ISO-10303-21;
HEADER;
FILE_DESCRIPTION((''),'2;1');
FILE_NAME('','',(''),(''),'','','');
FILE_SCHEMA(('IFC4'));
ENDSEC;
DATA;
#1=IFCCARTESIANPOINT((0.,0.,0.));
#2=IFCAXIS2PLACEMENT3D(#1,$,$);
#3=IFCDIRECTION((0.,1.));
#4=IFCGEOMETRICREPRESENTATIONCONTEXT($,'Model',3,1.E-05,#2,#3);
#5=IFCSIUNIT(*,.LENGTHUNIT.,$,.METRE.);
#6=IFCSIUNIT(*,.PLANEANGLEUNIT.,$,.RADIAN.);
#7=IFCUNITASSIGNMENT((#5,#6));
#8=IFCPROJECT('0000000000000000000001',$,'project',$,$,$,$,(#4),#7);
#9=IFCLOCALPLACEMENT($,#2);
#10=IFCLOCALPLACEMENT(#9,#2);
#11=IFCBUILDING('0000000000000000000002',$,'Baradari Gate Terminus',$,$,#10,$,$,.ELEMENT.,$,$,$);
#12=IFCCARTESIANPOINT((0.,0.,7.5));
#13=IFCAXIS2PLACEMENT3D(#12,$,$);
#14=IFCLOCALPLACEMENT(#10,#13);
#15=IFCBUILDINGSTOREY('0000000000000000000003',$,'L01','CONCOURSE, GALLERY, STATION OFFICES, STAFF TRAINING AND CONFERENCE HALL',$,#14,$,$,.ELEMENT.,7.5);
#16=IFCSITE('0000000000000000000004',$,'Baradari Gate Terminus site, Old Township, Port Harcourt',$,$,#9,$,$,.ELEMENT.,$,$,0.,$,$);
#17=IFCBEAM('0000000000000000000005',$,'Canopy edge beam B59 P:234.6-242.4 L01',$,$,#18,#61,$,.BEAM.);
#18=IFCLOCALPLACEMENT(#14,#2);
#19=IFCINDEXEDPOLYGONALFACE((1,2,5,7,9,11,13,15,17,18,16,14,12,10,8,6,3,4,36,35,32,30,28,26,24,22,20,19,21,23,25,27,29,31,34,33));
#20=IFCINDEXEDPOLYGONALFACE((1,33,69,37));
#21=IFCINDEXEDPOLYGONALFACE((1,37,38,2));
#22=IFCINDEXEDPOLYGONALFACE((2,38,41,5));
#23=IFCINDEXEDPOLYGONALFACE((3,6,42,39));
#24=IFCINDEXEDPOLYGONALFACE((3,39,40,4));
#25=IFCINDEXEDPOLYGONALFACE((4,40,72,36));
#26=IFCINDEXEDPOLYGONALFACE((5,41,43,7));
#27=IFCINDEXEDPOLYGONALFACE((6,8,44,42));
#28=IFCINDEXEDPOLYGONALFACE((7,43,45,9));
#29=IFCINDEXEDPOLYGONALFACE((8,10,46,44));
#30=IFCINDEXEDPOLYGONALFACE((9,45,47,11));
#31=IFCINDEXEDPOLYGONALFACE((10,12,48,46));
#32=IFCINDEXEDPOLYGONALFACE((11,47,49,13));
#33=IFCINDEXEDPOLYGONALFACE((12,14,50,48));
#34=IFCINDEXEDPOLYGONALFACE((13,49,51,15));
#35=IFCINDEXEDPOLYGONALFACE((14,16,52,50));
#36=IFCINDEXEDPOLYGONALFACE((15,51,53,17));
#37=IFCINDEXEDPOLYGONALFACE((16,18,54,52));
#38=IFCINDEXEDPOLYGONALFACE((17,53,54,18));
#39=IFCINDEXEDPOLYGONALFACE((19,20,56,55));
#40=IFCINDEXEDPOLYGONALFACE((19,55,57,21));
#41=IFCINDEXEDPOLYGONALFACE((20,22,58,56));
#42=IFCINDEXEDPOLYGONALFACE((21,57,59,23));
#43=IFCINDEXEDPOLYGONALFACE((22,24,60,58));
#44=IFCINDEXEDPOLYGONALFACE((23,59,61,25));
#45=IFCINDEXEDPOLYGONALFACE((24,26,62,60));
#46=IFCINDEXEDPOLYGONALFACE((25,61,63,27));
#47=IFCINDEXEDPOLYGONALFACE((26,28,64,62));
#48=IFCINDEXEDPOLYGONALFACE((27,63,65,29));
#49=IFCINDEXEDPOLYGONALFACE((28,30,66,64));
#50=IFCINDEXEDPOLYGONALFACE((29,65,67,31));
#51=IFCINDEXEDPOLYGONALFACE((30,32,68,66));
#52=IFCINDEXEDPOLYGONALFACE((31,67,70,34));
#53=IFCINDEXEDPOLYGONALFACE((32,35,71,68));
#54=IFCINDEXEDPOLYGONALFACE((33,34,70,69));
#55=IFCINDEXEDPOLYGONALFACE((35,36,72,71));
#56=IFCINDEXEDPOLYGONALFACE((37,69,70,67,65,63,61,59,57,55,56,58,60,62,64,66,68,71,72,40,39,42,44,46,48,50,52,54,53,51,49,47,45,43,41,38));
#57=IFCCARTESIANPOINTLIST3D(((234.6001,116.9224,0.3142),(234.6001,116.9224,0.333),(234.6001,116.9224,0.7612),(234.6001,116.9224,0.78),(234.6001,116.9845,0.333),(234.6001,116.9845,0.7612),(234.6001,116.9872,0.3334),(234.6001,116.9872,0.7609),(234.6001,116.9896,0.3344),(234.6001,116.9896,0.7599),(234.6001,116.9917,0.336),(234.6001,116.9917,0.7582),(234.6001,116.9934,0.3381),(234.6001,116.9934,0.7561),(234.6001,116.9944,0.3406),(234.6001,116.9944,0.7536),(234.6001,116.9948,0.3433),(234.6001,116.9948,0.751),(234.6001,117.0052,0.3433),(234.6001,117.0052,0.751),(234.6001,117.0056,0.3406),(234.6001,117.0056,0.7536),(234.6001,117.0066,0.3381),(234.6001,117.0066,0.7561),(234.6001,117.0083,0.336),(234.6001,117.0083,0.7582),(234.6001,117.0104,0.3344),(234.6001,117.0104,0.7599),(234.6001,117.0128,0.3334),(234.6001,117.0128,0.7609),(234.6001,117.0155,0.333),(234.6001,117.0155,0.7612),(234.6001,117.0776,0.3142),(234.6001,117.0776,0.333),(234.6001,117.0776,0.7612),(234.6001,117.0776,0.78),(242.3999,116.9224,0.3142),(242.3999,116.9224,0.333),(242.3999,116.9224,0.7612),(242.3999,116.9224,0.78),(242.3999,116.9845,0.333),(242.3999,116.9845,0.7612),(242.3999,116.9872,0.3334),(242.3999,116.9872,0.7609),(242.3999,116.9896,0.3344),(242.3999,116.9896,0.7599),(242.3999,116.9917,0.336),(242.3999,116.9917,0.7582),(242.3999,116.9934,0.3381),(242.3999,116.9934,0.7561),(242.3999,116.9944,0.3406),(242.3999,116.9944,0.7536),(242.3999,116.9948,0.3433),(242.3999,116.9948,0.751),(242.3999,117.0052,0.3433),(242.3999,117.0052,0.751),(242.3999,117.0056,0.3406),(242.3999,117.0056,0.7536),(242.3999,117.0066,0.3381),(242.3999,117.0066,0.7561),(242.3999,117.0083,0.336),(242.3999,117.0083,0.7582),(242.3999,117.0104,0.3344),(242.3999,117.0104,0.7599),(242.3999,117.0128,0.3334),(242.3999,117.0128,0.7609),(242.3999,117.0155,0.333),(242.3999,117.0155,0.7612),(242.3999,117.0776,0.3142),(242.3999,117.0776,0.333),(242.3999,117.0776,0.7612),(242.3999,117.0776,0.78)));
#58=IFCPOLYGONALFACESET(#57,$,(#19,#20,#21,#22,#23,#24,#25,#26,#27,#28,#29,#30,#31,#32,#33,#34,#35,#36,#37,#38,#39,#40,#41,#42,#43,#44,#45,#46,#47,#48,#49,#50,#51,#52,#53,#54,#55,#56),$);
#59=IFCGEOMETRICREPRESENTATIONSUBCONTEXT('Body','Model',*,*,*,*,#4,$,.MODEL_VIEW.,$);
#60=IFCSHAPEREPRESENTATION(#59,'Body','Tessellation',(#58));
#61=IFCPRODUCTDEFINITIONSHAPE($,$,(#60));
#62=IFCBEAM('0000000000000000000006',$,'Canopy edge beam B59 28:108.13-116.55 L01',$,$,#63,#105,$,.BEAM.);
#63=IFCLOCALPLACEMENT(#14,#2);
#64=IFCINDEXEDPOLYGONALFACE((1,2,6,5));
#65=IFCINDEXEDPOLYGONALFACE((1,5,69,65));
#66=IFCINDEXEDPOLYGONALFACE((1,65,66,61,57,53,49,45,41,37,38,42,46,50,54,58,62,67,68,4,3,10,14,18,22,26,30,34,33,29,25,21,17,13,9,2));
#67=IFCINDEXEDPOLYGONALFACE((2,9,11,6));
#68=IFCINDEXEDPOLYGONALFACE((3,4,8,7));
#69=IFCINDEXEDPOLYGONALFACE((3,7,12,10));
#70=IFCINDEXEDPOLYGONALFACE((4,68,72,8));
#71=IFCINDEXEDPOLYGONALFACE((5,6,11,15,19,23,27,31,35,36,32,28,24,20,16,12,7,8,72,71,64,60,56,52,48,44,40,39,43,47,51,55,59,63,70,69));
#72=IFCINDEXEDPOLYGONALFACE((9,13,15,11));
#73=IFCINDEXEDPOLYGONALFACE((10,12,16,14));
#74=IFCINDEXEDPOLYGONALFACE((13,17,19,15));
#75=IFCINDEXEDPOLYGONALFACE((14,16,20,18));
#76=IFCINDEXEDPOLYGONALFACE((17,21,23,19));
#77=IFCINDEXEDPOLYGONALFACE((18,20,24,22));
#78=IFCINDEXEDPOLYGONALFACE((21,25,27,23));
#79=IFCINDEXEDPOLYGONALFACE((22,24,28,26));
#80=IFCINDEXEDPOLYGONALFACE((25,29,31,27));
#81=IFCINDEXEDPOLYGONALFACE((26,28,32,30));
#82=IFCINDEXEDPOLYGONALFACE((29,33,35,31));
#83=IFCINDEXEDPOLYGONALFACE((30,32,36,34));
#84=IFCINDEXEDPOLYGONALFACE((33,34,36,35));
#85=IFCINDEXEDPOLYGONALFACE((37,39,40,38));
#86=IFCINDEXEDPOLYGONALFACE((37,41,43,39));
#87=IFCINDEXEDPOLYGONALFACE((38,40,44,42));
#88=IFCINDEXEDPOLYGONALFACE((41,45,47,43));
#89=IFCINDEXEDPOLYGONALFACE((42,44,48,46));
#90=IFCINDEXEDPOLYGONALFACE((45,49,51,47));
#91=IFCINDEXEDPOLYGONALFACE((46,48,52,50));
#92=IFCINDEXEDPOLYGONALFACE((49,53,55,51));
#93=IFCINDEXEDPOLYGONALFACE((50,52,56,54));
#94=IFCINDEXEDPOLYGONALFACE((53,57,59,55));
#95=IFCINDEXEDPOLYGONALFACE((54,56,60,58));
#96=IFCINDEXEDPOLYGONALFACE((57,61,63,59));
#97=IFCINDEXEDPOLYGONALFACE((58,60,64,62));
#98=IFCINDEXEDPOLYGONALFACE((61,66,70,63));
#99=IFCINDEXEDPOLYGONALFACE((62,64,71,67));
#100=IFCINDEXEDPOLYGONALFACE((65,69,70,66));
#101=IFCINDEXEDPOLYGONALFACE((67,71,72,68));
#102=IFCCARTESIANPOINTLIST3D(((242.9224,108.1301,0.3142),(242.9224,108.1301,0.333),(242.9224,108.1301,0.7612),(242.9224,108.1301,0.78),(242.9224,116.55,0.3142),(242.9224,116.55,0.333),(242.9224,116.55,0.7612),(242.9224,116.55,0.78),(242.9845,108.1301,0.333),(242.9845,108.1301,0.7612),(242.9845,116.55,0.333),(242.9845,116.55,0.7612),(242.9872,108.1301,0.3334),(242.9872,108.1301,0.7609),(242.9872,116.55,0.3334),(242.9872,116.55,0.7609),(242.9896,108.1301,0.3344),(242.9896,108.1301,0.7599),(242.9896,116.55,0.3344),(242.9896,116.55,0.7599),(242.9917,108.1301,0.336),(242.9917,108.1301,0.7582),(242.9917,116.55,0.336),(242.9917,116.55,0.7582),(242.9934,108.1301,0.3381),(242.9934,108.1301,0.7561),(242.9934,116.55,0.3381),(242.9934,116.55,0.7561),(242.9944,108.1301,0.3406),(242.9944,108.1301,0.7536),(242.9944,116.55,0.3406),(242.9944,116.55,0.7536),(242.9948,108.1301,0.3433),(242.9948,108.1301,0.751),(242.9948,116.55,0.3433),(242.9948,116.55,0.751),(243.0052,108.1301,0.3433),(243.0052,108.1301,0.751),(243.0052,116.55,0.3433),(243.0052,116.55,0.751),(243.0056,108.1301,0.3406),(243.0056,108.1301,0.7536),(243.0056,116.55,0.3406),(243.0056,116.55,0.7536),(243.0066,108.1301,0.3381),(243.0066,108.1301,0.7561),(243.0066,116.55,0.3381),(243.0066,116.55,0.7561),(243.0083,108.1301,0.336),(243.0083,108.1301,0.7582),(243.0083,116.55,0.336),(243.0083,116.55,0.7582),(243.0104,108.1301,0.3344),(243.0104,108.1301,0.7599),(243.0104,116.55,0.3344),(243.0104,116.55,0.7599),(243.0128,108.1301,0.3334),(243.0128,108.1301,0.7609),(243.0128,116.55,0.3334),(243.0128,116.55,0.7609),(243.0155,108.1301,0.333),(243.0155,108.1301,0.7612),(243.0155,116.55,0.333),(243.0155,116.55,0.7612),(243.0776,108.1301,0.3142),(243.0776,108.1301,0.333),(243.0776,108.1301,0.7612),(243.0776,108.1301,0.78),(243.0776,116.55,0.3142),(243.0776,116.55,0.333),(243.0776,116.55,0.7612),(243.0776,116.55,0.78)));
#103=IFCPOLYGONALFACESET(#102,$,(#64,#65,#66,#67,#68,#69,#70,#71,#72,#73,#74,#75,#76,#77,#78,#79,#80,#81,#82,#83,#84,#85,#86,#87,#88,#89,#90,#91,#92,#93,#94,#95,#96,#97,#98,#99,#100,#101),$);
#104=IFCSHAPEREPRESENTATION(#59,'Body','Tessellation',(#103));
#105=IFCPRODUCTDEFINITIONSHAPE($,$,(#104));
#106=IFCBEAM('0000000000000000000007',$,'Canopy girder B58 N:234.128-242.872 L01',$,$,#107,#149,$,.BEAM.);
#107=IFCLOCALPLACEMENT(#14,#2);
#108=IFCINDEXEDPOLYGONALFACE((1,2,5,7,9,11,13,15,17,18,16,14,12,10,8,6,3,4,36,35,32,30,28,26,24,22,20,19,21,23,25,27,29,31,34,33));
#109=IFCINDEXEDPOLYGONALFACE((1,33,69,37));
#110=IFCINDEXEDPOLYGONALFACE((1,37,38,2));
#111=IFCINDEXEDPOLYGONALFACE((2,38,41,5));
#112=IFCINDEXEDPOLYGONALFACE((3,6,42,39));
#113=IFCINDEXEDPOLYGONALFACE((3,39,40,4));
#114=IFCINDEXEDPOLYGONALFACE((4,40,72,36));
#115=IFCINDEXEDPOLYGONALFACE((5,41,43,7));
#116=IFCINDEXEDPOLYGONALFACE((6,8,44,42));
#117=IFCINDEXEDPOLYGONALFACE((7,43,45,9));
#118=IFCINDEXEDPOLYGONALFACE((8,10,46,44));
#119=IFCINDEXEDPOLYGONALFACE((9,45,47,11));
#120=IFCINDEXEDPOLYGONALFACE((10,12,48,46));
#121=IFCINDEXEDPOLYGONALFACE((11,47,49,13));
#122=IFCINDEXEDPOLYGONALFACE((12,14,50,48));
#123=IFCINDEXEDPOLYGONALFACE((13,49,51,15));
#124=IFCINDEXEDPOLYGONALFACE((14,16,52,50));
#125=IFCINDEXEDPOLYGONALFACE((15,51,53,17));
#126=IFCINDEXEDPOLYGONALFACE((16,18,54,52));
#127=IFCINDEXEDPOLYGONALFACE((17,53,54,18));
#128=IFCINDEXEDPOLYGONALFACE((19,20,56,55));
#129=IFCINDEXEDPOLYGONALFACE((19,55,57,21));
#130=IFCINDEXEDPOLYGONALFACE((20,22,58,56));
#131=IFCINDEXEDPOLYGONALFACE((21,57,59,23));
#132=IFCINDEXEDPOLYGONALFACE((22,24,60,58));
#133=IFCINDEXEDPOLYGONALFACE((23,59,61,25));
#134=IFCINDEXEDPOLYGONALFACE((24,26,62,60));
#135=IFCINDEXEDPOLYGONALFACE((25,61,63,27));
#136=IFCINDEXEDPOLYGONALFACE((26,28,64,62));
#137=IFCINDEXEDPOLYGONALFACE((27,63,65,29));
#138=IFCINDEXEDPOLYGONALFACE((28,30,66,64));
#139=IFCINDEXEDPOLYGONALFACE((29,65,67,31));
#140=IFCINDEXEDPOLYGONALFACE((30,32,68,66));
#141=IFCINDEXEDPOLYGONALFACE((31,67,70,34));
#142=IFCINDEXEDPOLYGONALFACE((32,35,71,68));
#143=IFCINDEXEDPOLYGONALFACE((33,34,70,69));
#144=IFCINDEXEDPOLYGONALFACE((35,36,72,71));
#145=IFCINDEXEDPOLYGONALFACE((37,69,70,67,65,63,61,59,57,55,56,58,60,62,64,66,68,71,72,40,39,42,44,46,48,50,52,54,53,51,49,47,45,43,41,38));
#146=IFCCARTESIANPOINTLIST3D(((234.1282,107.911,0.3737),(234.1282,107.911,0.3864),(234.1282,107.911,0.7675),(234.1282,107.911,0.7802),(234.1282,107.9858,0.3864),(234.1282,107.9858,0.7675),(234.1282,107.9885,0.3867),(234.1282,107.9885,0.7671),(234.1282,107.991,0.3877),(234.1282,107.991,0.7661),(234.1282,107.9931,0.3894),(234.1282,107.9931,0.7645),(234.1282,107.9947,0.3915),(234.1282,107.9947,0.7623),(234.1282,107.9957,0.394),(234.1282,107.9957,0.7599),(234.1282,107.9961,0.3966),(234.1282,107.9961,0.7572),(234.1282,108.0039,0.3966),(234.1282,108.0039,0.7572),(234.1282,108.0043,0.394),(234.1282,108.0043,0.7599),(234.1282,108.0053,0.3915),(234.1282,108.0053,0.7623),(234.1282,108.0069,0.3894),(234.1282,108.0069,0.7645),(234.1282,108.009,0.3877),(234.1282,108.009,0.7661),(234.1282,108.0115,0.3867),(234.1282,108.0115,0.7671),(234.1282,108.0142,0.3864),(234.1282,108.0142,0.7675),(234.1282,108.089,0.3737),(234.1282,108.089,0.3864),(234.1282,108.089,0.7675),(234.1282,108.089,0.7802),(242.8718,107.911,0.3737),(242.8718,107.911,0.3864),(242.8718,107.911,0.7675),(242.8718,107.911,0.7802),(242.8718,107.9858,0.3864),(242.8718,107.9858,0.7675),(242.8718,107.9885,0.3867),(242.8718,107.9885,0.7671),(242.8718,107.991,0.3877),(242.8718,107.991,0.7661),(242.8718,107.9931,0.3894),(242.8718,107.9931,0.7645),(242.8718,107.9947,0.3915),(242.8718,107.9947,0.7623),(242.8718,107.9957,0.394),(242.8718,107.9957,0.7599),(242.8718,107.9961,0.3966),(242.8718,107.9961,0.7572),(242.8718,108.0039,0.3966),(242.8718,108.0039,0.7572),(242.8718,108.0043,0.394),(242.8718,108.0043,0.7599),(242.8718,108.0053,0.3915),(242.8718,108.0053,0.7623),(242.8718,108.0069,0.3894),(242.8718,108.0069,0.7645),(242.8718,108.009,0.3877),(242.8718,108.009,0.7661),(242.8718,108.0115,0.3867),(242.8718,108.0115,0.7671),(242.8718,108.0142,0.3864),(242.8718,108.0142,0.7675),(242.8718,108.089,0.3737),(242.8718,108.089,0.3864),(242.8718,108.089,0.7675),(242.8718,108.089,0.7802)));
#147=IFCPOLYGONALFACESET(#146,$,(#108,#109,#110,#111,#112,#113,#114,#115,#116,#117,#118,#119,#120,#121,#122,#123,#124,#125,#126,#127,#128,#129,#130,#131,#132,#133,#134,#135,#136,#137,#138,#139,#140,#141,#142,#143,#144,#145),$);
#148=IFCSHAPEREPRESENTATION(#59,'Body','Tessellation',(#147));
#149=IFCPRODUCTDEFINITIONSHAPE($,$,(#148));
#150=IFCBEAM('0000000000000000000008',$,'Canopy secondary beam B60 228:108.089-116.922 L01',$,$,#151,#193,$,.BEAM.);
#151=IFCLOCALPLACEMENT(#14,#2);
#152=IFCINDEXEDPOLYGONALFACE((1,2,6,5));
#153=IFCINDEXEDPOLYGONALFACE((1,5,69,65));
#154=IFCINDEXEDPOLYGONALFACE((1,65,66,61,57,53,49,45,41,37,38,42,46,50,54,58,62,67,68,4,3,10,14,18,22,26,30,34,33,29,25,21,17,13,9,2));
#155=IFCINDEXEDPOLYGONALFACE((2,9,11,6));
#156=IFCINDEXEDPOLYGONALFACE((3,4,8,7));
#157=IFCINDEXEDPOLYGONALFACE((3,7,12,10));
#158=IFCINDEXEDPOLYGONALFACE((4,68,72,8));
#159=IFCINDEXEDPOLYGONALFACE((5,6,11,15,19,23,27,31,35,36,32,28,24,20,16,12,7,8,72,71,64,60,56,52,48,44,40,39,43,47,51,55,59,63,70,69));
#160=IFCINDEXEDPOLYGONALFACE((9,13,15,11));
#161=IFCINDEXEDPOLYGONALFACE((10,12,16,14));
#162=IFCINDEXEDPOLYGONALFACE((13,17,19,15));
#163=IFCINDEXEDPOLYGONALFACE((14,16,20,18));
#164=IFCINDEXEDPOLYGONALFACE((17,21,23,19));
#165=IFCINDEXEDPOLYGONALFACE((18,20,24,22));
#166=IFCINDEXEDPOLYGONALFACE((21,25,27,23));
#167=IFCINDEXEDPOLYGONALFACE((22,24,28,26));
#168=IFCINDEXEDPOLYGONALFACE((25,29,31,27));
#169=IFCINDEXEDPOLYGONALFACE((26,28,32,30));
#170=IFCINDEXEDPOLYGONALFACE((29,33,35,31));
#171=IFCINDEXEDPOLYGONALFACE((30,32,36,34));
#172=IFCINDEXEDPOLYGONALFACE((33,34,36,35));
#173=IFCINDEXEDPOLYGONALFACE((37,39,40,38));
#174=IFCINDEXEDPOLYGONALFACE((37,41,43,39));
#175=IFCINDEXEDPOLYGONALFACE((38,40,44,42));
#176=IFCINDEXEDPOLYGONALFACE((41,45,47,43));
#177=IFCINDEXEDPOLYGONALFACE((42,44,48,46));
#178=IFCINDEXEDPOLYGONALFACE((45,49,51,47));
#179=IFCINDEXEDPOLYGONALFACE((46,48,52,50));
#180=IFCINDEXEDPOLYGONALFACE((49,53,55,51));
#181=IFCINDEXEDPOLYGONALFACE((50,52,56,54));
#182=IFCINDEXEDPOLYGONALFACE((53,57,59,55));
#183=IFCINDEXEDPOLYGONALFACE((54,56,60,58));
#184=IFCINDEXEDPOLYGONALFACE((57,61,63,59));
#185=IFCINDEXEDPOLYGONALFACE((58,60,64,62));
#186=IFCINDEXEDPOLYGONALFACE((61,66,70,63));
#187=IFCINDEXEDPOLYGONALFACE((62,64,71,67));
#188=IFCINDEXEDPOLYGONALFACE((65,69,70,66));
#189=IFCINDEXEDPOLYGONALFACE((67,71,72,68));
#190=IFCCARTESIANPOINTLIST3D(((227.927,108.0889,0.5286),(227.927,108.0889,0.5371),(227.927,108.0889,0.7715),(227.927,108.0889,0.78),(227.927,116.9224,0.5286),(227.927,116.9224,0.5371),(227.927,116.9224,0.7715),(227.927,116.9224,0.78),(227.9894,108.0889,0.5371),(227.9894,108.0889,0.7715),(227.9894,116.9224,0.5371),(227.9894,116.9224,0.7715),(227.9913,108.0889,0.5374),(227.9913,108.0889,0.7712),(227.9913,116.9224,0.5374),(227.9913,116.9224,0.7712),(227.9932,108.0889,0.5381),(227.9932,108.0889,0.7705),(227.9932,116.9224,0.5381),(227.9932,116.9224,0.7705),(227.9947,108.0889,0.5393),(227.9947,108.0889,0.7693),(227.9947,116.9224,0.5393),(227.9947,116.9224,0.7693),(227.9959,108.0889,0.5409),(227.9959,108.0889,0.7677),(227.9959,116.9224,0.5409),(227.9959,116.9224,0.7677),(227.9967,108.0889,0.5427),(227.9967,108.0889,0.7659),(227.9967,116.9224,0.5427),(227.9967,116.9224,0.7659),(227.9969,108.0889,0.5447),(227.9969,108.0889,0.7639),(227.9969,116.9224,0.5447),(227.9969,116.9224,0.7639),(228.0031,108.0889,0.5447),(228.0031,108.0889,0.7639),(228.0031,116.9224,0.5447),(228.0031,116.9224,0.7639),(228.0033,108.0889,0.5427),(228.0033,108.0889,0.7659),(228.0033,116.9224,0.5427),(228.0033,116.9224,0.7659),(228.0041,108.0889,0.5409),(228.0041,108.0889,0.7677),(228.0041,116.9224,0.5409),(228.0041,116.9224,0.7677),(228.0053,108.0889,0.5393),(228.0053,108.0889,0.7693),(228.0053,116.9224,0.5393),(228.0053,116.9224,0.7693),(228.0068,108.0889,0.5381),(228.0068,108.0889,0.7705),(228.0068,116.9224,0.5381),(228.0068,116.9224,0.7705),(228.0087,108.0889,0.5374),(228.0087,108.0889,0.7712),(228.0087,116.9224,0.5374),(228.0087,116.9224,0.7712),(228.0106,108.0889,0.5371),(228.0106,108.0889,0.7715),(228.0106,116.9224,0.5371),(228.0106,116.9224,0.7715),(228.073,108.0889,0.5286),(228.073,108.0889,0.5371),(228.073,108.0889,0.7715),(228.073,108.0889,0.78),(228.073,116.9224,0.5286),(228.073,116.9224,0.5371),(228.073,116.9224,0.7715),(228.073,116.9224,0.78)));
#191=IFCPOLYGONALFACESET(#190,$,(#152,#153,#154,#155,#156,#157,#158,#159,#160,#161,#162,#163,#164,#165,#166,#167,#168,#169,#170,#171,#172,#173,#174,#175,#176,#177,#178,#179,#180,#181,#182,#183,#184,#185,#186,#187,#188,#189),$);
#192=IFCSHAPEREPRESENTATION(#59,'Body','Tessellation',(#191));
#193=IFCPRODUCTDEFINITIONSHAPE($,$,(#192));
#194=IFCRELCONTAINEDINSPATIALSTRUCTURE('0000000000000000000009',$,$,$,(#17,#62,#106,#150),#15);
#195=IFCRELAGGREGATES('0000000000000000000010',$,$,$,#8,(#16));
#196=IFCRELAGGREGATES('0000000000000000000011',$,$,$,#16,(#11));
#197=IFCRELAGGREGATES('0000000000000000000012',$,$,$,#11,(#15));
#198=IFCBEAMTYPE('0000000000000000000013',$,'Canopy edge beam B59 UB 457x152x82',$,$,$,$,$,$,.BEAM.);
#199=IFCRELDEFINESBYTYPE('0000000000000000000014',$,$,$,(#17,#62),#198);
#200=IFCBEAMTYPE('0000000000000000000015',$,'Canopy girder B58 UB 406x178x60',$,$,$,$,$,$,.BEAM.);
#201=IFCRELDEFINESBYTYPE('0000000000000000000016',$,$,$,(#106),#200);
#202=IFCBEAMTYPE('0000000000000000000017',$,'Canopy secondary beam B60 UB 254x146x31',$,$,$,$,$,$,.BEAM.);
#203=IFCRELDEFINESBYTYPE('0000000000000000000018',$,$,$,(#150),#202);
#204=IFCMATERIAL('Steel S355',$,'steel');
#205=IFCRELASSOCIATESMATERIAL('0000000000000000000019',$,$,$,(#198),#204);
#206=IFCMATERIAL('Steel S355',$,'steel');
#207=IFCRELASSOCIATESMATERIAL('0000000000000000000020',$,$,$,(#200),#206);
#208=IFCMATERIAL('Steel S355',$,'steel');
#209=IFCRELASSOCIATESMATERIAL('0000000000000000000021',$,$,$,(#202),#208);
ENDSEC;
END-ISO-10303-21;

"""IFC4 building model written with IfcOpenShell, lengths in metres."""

from ifc_helpers import new_model, si_unit, direction, frame, origin, origin_2d, place, context, subcontext, project, spatial, i_section, extrude, material, material_profile, profile_set, type_object, element, save


model = new_model("IFC4")

# Units and contexts
model_context = context("Model", 3, precision=1e-05, world=origin(), true_north=direction((0.0, 1.0)))
body_context = subcontext(model_context, "Body", "Model", "MODEL_VIEW")
ifc_project = project(units=[si_unit("LENGTHUNIT", "METRE"), si_unit("PLANEANGLEUNIT", "RADIAN")], contexts=[model_context])

# Site, building, storey
site_placement = place(None, origin())
site = spatial("IfcSite", under=ifc_project, at=site_placement, Name="Baradari Gate Terminus site, Old Township, Port Harcourt", CompositionType="ELEMENT", RefElevation=0.0)
building_placement = place(site_placement, origin())
building = spatial("IfcBuilding", under=site, at=building_placement, Name="Baradari Gate Terminus", CompositionType="ELEMENT")
storey_placement = place(building_placement, frame((0.0, 0.0, 7.5)))
storey = spatial("IfcBuildingStorey", under=building, at=storey_placement, Name="L01", Description="CONCOURSE, GALLERY, STATION OFFICES, STAFF TRAINING AND CONFERENCE HALL", CompositionType="ELEMENT", Elevation=7.5)

# Beams
ifc_material_1 = material(Name="Steel S355", Category="steel")
ifc_material_profile_1 = material_profile(ifc_material_1, i_section(OverallWidth=0.1553, OverallDepth=0.4658, WebThickness=0.0105, FlangeThickness=0.0188, FilletRadius=0.0103, at=origin_2d()), Name="UB 457x152x82")
ifc_profile_set_1 = profile_set([ifc_material_profile_1], Name="Steel S355")
beam_type_1 = type_object("IfcBeamType", Name="Canopy edge beam B59 UB 457x152x82", PredefinedType="BEAM", material=ifc_profile_set_1)
for number, where, z_axis, x_axis, name in (
    (1, (234.6001, 117.0, 0.5471), (1.0, 0.0, 0.0), (0.0, 1.0, 0.0), "Canopy edge beam B59 P:234.6-242.4 L01"),
):
    element("IfcBeam", number, at=place(storey_placement, frame(where, z_axis=z_axis, x_axis=x_axis)), inside=storey, type_object=beam_type_1, Name=name, PredefinedType="BEAM", context=body_context, shape_type="SweptSolid", body=[
        extrude(i_section(OverallWidth=0.1553, OverallDepth=0.4658, WebThickness=0.0105, FlangeThickness=0.0188, FilletRadius=0.0103, at=origin_2d()), origin(), (0.0, 0.0, 1.0), 7.7998),
    ])
beam_1_placement = place(storey_placement, frame((243.0, 108.1301, 0.5471), z_axis=(0.0, 1.0, 0.0), x_axis=(-1.0, 0.0, 0.0)))
element("IfcBeam", 2, at=beam_1_placement, inside=storey, type_object=beam_type_1, Name="Canopy edge beam B59 28:108.13-116.55 L01", PredefinedType="BEAM", context=body_context, shape_type="SweptSolid", body=[
    extrude(i_section(OverallWidth=0.1553, OverallDepth=0.4658, WebThickness=0.0105, FlangeThickness=0.0188, FilletRadius=0.0103, at=origin_2d()), origin(), (0.0, 0.0, 1.0), 8.4199),
])
ifc_material_2 = material(Name="Steel S355", Category="steel")
ifc_material_profile_2 = material_profile(ifc_material_2, i_section(OverallWidth=0.178, OverallDepth=0.4065, WebThickness=0.0078, FlangeThickness=0.0127, FilletRadius=0.0103, at=origin_2d()), Name="UB 406x178x60")
ifc_profile_set_2 = profile_set([ifc_material_profile_2], Name="Steel S355")
beam_type_2 = type_object("IfcBeamType", Name="Canopy girder B58 UB 406x178x60", PredefinedType="BEAM", material=ifc_profile_set_2)
beam_2_placement = place(storey_placement, frame((234.1282, 108.0, 0.5769), z_axis=(1.0, 0.0, 0.0), x_axis=(0.0, 1.0, 0.0)))
element("IfcBeam", 3, at=beam_2_placement, inside=storey, type_object=beam_type_2, Name="Canopy girder B58 N:234.128-242.872 L01", PredefinedType="BEAM", context=body_context, shape_type="SweptSolid", body=[
    extrude(i_section(OverallWidth=0.178, OverallDepth=0.4065, WebThickness=0.0078, FlangeThickness=0.0127, FilletRadius=0.0103, at=origin_2d()), origin(), (0.0, 0.0, 1.0), 8.7437),
])
ifc_material_3 = material(Name="Steel S355", Category="steel")
ifc_material_profile_3 = material_profile(ifc_material_3, i_section(OverallWidth=0.146, OverallDepth=0.2515, WebThickness=0.0061, FlangeThickness=0.0085, FilletRadius=0.0076, at=origin_2d()), Name="UB 254x146x31")
ifc_profile_set_3 = profile_set([ifc_material_profile_3], Name="Steel S355")
beam_type_3 = type_object("IfcBeamType", Name="Canopy secondary beam B60 UB 254x146x31", PredefinedType="BEAM", material=ifc_profile_set_3)
for number, where, z_axis, x_axis, name in (
    (4, (228.0, 108.0889, 0.6543), (0.0, 1.0, 0.0), (-1.0, 0.0, 0.0), "Canopy secondary beam B60 228:108.089-116.922 L01"),
):
    element("IfcBeam", number, at=place(storey_placement, frame(where, z_axis=z_axis, x_axis=x_axis)), inside=storey, type_object=beam_type_3, Name=name, PredefinedType="BEAM", context=body_context, shape_type="SweptSolid", body=[
        extrude(i_section(OverallWidth=0.146, OverallDepth=0.2515, WebThickness=0.0061, FlangeThickness=0.0085, FilletRadius=0.0076, at=origin_2d()), origin(), (0.0, 0.0, 1.0), 8.8335),
    ])

save(model, "model.ifc")
